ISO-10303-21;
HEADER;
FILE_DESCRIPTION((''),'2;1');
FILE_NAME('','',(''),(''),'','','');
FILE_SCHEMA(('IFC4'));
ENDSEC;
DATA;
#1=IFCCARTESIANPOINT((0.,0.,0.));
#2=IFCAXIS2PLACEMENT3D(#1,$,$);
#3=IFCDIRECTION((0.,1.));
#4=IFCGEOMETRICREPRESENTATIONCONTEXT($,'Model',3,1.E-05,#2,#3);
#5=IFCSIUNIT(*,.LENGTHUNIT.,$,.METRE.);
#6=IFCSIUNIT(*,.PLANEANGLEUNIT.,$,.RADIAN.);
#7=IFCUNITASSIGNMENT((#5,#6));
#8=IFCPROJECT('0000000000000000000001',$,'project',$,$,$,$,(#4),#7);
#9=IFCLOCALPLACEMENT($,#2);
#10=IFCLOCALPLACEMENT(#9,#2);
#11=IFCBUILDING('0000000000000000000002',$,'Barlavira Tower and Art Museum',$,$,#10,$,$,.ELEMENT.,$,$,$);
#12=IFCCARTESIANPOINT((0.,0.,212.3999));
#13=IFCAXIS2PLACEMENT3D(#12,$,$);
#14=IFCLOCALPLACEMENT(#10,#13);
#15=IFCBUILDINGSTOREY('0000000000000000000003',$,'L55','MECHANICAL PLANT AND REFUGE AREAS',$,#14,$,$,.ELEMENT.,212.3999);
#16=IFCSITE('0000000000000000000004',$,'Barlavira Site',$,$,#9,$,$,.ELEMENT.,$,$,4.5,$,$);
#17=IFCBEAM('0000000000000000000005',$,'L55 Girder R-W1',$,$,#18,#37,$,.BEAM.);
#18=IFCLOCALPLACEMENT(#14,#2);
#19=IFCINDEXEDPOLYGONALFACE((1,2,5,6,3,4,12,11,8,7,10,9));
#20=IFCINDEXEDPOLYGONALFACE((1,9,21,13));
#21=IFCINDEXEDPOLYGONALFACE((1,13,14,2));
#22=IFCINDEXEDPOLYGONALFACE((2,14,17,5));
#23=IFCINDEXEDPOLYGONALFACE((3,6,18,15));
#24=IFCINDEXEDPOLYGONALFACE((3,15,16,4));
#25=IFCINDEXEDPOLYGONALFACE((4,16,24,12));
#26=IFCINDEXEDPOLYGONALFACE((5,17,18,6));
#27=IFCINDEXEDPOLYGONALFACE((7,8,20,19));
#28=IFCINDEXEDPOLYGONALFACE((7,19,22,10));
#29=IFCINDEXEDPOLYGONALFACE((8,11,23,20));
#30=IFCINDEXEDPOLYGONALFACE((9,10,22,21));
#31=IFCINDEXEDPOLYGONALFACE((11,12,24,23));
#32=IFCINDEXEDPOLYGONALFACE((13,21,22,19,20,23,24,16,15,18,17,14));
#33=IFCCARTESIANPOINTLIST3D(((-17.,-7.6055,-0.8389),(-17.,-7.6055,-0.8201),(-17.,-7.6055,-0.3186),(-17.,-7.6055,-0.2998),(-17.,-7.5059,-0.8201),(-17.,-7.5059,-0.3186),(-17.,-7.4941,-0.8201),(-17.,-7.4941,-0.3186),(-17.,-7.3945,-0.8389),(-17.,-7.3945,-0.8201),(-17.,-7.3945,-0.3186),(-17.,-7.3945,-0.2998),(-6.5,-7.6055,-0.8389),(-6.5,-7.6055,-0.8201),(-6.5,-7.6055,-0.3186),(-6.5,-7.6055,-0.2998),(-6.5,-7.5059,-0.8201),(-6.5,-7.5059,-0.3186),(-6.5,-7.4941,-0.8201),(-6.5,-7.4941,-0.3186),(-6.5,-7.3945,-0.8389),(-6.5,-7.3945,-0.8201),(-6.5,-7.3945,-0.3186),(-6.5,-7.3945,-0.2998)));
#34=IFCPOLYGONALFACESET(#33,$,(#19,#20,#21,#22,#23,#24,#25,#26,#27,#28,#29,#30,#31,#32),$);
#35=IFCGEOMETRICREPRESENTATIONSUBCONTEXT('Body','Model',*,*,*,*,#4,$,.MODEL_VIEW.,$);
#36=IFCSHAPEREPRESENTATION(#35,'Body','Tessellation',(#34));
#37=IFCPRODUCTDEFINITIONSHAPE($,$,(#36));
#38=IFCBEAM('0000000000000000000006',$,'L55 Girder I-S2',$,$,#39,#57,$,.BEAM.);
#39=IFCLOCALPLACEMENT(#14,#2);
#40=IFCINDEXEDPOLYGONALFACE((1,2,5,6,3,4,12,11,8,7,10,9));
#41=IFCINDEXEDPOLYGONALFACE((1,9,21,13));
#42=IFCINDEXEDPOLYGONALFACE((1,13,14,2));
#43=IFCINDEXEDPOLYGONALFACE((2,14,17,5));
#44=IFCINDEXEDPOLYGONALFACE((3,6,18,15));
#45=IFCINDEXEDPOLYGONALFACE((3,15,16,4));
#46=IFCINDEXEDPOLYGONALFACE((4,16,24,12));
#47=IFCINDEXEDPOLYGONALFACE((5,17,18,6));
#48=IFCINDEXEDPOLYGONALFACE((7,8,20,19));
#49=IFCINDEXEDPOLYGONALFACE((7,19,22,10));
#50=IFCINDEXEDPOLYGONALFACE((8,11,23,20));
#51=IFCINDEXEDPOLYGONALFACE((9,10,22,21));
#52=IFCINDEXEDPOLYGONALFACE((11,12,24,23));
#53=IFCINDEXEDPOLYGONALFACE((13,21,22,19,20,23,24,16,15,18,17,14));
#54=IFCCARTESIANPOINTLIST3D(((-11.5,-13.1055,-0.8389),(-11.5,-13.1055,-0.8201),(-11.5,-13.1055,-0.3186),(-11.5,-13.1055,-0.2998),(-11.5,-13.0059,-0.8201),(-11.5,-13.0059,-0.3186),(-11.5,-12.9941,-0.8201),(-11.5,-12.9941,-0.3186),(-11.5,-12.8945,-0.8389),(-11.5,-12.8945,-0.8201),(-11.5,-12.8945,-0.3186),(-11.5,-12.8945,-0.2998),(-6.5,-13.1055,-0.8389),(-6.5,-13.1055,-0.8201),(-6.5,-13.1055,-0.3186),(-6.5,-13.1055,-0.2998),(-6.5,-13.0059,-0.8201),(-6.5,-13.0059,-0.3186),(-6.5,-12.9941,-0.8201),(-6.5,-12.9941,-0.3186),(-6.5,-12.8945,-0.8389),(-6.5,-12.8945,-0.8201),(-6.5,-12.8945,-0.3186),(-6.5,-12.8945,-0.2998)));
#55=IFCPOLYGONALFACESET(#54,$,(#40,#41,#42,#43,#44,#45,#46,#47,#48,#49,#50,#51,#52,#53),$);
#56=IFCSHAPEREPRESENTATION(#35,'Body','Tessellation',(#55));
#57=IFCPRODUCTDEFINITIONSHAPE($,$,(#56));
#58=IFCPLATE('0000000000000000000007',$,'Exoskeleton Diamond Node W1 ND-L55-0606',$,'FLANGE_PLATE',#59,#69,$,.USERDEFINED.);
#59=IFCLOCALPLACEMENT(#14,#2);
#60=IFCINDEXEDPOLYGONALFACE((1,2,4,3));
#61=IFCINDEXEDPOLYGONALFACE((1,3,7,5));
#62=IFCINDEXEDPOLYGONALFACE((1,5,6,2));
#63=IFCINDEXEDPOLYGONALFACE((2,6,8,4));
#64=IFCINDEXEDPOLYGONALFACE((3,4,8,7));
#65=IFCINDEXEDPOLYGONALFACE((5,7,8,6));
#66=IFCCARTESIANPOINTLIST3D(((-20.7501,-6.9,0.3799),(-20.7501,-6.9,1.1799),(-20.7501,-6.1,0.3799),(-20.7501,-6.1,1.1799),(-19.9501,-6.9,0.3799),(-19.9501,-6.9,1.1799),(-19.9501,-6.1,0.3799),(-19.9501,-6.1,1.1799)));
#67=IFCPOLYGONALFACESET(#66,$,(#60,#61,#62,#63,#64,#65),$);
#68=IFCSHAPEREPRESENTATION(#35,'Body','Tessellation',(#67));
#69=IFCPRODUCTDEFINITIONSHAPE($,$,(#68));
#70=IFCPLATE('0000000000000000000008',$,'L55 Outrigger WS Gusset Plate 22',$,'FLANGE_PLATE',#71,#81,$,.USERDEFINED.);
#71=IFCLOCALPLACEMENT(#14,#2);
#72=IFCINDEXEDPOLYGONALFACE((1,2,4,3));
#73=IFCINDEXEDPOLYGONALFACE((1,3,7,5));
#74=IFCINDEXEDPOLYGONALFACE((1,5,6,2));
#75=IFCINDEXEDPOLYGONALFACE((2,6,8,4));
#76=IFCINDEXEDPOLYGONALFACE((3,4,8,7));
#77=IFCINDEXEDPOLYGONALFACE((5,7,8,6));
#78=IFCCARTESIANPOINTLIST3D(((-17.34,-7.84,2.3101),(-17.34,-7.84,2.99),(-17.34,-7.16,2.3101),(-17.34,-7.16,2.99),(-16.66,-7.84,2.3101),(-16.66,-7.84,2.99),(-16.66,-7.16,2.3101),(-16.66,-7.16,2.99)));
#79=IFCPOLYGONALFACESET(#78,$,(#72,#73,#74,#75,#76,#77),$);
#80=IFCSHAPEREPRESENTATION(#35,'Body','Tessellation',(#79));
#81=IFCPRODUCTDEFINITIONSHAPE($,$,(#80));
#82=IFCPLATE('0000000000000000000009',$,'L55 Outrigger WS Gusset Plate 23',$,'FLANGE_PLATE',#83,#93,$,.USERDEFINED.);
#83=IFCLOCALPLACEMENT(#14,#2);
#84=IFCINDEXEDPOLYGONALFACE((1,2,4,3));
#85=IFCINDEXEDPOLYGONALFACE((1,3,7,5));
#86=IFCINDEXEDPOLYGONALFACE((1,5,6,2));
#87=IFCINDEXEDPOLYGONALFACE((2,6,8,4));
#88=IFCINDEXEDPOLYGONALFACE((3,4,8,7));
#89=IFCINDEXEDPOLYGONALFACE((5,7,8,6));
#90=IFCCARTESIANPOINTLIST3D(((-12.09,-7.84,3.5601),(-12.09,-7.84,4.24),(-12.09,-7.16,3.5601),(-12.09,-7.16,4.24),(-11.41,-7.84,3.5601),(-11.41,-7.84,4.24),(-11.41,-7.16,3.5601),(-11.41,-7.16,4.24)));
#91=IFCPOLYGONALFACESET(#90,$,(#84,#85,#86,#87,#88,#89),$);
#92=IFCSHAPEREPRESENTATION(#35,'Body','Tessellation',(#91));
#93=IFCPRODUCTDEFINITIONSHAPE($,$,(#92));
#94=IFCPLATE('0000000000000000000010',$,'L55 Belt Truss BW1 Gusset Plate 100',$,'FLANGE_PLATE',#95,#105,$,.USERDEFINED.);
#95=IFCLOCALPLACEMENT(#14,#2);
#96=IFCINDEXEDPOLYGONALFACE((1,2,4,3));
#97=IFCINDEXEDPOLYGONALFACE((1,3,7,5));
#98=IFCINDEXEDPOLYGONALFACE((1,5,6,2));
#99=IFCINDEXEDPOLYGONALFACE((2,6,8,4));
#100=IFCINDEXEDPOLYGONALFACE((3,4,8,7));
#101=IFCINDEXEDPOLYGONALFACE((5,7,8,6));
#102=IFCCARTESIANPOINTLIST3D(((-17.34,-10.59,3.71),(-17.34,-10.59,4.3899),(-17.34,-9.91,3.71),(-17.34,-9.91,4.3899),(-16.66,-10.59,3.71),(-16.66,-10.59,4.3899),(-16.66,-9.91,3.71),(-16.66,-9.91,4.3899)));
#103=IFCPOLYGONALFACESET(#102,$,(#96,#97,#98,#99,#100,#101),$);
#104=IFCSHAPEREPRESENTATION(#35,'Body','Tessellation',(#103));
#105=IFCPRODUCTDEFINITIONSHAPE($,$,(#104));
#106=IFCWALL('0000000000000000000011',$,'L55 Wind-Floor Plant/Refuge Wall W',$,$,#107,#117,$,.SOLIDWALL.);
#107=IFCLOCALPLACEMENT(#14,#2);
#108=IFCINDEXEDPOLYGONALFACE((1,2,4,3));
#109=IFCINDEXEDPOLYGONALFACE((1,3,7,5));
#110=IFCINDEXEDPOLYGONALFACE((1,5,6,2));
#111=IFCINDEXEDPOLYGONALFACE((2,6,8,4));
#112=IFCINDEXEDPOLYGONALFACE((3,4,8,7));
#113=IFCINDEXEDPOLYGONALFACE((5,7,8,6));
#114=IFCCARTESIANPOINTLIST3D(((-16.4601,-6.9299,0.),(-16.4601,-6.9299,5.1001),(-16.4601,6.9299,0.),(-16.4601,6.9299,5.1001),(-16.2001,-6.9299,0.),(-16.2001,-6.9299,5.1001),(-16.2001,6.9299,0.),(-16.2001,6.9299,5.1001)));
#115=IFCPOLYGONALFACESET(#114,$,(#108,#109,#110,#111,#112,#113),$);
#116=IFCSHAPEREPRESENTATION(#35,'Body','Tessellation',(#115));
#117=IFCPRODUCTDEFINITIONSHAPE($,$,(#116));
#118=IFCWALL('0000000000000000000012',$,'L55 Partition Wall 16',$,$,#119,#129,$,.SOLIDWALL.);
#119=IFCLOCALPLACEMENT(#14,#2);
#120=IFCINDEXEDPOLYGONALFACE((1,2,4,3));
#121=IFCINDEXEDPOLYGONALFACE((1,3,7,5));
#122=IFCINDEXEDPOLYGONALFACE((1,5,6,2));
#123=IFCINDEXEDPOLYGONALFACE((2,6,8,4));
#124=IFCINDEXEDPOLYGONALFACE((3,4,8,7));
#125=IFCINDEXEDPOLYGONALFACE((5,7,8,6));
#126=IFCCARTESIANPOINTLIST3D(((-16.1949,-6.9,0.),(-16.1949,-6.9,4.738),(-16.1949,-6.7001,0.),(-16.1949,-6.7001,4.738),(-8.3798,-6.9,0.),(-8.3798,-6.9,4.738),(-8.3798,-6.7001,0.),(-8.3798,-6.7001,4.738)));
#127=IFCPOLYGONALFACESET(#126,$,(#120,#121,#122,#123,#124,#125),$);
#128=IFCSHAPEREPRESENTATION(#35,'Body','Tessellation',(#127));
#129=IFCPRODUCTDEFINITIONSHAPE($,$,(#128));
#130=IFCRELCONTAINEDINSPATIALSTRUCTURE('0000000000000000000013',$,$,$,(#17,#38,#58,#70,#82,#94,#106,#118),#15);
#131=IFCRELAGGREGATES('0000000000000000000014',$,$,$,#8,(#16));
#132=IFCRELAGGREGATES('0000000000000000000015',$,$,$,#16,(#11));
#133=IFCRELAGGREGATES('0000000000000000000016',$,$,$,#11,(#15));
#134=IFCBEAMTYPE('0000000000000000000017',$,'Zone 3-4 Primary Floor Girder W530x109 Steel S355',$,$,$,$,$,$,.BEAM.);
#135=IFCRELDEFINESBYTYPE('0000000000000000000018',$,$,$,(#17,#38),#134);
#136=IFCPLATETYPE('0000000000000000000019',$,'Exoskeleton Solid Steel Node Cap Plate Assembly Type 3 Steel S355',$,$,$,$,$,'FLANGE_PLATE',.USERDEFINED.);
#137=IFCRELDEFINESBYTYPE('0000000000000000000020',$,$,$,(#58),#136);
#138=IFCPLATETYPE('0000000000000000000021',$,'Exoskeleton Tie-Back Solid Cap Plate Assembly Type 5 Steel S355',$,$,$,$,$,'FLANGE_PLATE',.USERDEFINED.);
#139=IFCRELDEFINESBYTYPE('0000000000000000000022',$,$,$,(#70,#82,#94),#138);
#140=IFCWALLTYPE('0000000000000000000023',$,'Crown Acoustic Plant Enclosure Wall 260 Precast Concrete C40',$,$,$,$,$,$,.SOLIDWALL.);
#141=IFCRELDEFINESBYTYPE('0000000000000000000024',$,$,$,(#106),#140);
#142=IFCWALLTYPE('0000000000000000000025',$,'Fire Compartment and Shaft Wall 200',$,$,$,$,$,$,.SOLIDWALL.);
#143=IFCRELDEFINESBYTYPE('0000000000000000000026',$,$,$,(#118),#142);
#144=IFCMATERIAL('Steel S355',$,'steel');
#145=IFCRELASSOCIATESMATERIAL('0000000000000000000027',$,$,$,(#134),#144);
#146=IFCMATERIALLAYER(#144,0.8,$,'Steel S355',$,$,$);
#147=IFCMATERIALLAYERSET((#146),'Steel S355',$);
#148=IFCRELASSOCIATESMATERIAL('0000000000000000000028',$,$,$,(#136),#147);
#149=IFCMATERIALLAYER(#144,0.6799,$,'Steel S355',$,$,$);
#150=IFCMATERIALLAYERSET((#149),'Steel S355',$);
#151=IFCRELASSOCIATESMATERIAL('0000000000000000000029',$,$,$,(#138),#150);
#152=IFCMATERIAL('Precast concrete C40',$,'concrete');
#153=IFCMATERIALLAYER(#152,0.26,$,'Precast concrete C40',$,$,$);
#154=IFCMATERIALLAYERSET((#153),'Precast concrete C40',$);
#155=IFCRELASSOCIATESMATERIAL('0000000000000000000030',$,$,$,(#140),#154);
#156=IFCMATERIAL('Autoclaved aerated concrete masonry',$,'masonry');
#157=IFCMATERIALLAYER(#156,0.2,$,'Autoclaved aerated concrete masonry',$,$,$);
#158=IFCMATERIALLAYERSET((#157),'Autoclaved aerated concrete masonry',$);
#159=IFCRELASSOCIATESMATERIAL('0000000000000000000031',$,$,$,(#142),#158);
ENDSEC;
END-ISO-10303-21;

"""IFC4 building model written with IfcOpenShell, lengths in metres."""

from ifc_helpers import new_model, si_unit, direction, frame, frame_2d, origin, origin_2d, place, context, subcontext, project, spatial, rectangle, i_section, extrude, material, layer, layer_set, material_profile, profile_set, type_object, element, save


model = new_model("IFC4")

# Units and contexts
model_context = context("Model", 3, precision=1e-05, world=origin(), true_north=direction((0.0, 1.0)))
body_context = subcontext(model_context, "Body", "Model", "MODEL_VIEW")
ifc_project = project(units=[si_unit("LENGTHUNIT", "METRE"), si_unit("PLANEANGLEUNIT", "RADIAN")], contexts=[model_context])

# Site, building, storey
site_placement = place(None, origin())
site = spatial("IfcSite", under=ifc_project, at=site_placement, Name="Barlavira Site", CompositionType="ELEMENT", RefElevation=4.5)
building_placement = place(site_placement, origin())
building = spatial("IfcBuilding", under=site, at=building_placement, Name="Barlavira Tower and Art Museum", CompositionType="ELEMENT")
storey_placement = place(building_placement, frame((0.0, 0.0, 212.3999)))
storey = spatial("IfcBuildingStorey", under=building, at=storey_placement, Name="L55", Description="MECHANICAL PLANT AND REFUGE AREAS", CompositionType="ELEMENT", Elevation=212.3999)

# Shared definitions
ifc_material_1 = material(Name="Steel S355", Category="steel")

# Beams
ifc_material_profile_1 = material_profile(ifc_material_1, i_section(OverallWidth=0.2109, OverallDepth=0.5391, WebThickness=0.0117, FlangeThickness=0.0188, at=origin_2d()), Name="W530x109.0")
ifc_profile_set_1 = profile_set([ifc_material_profile_1], Name="Steel S355")
beam_type_1 = type_object("IfcBeamType", Name="Zone 3-4 Primary Floor Girder W530x109 Steel S355", PredefinedType="BEAM", material=ifc_profile_set_1)
beam_1_placement = place(storey_placement, frame((-17.0, -7.5, -0.5693), z_axis=(1.0, 0.0, 0.0), x_axis=(0.0, 1.0, 0.0)))
element("IfcBeam", 1, at=beam_1_placement, inside=storey, type_object=beam_type_1, Name="L55 Girder R-W1", PredefinedType="BEAM", context=body_context, shape_type="SweptSolid", body=[
    extrude(i_section(OverallWidth=0.2109, OverallDepth=0.5391, WebThickness=0.0117, FlangeThickness=0.0188, at=origin_2d()), origin(), (0.0, 0.0, 1.0), 10.5),
])
beam_2_placement = place(storey_placement, frame((-11.5, -13.0, -0.5693), z_axis=(1.0, 0.0, 0.0), x_axis=(0.0, 1.0, 0.0)))
element("IfcBeam", 2, at=beam_2_placement, inside=storey, type_object=beam_type_1, Name="L55 Girder I-S2", PredefinedType="BEAM", context=body_context, shape_type="SweptSolid", body=[
    extrude(i_section(OverallWidth=0.2109, OverallDepth=0.5391, WebThickness=0.0117, FlangeThickness=0.0188, at=origin_2d()), origin(), (0.0, 0.0, 1.0), 5.0),
])

# Plates
ifc_layer_1 = layer(ifc_material_1, 0.8, Name="Steel S355")
ifc_layer_set_1 = layer_set([ifc_layer_1], Name="Steel S355")
plate_type_1 = type_object("IfcPlateType", Name="Exoskeleton Solid Steel Node Cap Plate Assembly Type 3 Steel S355", ElementType="FLANGE_PLATE", PredefinedType="USERDEFINED", material=ifc_layer_set_1)
plate_placement = place(storey_placement, frame((-20.3501, -6.5, 0.3799), z_axis=(0.0, 0.0, 1.0), x_axis=(1.0, 0.0, 0.0)))
element("IfcPlate", 3, at=plate_placement, inside=storey, type_object=plate_type_1, Name="Exoskeleton Diamond Node W1 ND-L55-0606", ObjectType="FLANGE_PLATE", PredefinedType="USERDEFINED", context=body_context, shape_type="SweptSolid", body=[
    extrude(rectangle(XDim=0.8, YDim=0.8, at=origin_2d()), origin(), (0.0, 0.0, 1.0), 0.8),
])
ifc_layer_2 = layer(ifc_material_1, 0.6799, Name="Steel S355")
ifc_layer_set_2 = layer_set([ifc_layer_2], Name="Steel S355")
plate_type_2 = type_object("IfcPlateType", Name="Exoskeleton Tie-Back Solid Cap Plate Assembly Type 5 Steel S355", ElementType="FLANGE_PLATE", PredefinedType="USERDEFINED", material=ifc_layer_set_2)
for number, where, z_axis, x_axis, name in (
    (4, (-17.0, -7.5, 2.3101), (0.0, 0.0, 1.0), (1.0, 0.0, 0.0), "L55 Outrigger WS Gusset Plate 22"),
    (5, (-11.75, -7.5, 3.5601), (0.0, 0.0, 1.0), (1.0, 0.0, 0.0), "L55 Outrigger WS Gusset Plate 23"),
    (6, (-17.0, -10.25, 3.71), (0.0, 0.0, 1.0), (1.0, 0.0, 0.0), "L55 Belt Truss BW1 Gusset Plate 100"),
):
    element("IfcPlate", number, at=place(storey_placement, frame(where, z_axis=z_axis, x_axis=x_axis)), inside=storey, type_object=plate_type_2, Name=name, ObjectType="FLANGE_PLATE", PredefinedType="USERDEFINED", context=body_context, shape_type="SweptSolid", body=[
        extrude(rectangle(XDim=0.6799, YDim=0.6799, at=origin_2d()), origin(), (0.0, 0.0, 1.0), 0.6799),
    ])

# Walls
ifc_material_2 = material(Name="Precast concrete C40", Category="concrete")
ifc_layer_3 = layer(ifc_material_2, 0.26, Name="Precast concrete C40")
ifc_layer_set_3 = layer_set([ifc_layer_3], Name="Precast concrete C40")
wall_type_1 = type_object("IfcWallType", Name="Crown Acoustic Plant Enclosure Wall 260 Precast Concrete C40", PredefinedType="SOLIDWALL", material=ifc_layer_set_3)
wall_1_placement = place(storey_placement, frame((-16.3301, -6.9299, 0.0), z_axis=(0.0, 0.0, 1.0), x_axis=(0.0, 1.0, 0.0)))
element("IfcWall", 7, at=wall_1_placement, inside=storey, type_object=wall_type_1, Name="L55 Wind-Floor Plant/Refuge Wall W", PredefinedType="SOLIDWALL", context=body_context, shape_type="SweptSolid", body=[
    extrude(rectangle(XDim=13.8599, YDim=0.26, at=frame_2d((6.9299, 0.0))), origin(), (0.0, 0.0, 1.0), 5.1001),
])
ifc_material_3 = material(Name="Autoclaved aerated concrete masonry", Category="masonry")
ifc_layer_4 = layer(ifc_material_3, 0.2, Name="Autoclaved aerated concrete masonry")
ifc_layer_set_4 = layer_set([ifc_layer_4], Name="Autoclaved aerated concrete masonry")
wall_type_2 = type_object("IfcWallType", Name="Fire Compartment and Shaft Wall 200", PredefinedType="SOLIDWALL", material=ifc_layer_set_4)
wall_2_placement = place(storey_placement, frame((-16.1951, -6.8, 0.0), z_axis=(0.0, 0.0, 1.0), x_axis=(1.0, 0.0, 0.0)))
element("IfcWall", 8, at=wall_2_placement, inside=storey, type_object=wall_type_2, Name="L55 Partition Wall 16", PredefinedType="SOLIDWALL", context=body_context, shape_type="SweptSolid", body=[
    extrude(rectangle(XDim=7.8152, YDim=0.2, at=frame_2d((3.9077, 0.0))), origin(), (0.0, 0.0, 1.0), 4.738),
])

save(model, "model.ifc")
